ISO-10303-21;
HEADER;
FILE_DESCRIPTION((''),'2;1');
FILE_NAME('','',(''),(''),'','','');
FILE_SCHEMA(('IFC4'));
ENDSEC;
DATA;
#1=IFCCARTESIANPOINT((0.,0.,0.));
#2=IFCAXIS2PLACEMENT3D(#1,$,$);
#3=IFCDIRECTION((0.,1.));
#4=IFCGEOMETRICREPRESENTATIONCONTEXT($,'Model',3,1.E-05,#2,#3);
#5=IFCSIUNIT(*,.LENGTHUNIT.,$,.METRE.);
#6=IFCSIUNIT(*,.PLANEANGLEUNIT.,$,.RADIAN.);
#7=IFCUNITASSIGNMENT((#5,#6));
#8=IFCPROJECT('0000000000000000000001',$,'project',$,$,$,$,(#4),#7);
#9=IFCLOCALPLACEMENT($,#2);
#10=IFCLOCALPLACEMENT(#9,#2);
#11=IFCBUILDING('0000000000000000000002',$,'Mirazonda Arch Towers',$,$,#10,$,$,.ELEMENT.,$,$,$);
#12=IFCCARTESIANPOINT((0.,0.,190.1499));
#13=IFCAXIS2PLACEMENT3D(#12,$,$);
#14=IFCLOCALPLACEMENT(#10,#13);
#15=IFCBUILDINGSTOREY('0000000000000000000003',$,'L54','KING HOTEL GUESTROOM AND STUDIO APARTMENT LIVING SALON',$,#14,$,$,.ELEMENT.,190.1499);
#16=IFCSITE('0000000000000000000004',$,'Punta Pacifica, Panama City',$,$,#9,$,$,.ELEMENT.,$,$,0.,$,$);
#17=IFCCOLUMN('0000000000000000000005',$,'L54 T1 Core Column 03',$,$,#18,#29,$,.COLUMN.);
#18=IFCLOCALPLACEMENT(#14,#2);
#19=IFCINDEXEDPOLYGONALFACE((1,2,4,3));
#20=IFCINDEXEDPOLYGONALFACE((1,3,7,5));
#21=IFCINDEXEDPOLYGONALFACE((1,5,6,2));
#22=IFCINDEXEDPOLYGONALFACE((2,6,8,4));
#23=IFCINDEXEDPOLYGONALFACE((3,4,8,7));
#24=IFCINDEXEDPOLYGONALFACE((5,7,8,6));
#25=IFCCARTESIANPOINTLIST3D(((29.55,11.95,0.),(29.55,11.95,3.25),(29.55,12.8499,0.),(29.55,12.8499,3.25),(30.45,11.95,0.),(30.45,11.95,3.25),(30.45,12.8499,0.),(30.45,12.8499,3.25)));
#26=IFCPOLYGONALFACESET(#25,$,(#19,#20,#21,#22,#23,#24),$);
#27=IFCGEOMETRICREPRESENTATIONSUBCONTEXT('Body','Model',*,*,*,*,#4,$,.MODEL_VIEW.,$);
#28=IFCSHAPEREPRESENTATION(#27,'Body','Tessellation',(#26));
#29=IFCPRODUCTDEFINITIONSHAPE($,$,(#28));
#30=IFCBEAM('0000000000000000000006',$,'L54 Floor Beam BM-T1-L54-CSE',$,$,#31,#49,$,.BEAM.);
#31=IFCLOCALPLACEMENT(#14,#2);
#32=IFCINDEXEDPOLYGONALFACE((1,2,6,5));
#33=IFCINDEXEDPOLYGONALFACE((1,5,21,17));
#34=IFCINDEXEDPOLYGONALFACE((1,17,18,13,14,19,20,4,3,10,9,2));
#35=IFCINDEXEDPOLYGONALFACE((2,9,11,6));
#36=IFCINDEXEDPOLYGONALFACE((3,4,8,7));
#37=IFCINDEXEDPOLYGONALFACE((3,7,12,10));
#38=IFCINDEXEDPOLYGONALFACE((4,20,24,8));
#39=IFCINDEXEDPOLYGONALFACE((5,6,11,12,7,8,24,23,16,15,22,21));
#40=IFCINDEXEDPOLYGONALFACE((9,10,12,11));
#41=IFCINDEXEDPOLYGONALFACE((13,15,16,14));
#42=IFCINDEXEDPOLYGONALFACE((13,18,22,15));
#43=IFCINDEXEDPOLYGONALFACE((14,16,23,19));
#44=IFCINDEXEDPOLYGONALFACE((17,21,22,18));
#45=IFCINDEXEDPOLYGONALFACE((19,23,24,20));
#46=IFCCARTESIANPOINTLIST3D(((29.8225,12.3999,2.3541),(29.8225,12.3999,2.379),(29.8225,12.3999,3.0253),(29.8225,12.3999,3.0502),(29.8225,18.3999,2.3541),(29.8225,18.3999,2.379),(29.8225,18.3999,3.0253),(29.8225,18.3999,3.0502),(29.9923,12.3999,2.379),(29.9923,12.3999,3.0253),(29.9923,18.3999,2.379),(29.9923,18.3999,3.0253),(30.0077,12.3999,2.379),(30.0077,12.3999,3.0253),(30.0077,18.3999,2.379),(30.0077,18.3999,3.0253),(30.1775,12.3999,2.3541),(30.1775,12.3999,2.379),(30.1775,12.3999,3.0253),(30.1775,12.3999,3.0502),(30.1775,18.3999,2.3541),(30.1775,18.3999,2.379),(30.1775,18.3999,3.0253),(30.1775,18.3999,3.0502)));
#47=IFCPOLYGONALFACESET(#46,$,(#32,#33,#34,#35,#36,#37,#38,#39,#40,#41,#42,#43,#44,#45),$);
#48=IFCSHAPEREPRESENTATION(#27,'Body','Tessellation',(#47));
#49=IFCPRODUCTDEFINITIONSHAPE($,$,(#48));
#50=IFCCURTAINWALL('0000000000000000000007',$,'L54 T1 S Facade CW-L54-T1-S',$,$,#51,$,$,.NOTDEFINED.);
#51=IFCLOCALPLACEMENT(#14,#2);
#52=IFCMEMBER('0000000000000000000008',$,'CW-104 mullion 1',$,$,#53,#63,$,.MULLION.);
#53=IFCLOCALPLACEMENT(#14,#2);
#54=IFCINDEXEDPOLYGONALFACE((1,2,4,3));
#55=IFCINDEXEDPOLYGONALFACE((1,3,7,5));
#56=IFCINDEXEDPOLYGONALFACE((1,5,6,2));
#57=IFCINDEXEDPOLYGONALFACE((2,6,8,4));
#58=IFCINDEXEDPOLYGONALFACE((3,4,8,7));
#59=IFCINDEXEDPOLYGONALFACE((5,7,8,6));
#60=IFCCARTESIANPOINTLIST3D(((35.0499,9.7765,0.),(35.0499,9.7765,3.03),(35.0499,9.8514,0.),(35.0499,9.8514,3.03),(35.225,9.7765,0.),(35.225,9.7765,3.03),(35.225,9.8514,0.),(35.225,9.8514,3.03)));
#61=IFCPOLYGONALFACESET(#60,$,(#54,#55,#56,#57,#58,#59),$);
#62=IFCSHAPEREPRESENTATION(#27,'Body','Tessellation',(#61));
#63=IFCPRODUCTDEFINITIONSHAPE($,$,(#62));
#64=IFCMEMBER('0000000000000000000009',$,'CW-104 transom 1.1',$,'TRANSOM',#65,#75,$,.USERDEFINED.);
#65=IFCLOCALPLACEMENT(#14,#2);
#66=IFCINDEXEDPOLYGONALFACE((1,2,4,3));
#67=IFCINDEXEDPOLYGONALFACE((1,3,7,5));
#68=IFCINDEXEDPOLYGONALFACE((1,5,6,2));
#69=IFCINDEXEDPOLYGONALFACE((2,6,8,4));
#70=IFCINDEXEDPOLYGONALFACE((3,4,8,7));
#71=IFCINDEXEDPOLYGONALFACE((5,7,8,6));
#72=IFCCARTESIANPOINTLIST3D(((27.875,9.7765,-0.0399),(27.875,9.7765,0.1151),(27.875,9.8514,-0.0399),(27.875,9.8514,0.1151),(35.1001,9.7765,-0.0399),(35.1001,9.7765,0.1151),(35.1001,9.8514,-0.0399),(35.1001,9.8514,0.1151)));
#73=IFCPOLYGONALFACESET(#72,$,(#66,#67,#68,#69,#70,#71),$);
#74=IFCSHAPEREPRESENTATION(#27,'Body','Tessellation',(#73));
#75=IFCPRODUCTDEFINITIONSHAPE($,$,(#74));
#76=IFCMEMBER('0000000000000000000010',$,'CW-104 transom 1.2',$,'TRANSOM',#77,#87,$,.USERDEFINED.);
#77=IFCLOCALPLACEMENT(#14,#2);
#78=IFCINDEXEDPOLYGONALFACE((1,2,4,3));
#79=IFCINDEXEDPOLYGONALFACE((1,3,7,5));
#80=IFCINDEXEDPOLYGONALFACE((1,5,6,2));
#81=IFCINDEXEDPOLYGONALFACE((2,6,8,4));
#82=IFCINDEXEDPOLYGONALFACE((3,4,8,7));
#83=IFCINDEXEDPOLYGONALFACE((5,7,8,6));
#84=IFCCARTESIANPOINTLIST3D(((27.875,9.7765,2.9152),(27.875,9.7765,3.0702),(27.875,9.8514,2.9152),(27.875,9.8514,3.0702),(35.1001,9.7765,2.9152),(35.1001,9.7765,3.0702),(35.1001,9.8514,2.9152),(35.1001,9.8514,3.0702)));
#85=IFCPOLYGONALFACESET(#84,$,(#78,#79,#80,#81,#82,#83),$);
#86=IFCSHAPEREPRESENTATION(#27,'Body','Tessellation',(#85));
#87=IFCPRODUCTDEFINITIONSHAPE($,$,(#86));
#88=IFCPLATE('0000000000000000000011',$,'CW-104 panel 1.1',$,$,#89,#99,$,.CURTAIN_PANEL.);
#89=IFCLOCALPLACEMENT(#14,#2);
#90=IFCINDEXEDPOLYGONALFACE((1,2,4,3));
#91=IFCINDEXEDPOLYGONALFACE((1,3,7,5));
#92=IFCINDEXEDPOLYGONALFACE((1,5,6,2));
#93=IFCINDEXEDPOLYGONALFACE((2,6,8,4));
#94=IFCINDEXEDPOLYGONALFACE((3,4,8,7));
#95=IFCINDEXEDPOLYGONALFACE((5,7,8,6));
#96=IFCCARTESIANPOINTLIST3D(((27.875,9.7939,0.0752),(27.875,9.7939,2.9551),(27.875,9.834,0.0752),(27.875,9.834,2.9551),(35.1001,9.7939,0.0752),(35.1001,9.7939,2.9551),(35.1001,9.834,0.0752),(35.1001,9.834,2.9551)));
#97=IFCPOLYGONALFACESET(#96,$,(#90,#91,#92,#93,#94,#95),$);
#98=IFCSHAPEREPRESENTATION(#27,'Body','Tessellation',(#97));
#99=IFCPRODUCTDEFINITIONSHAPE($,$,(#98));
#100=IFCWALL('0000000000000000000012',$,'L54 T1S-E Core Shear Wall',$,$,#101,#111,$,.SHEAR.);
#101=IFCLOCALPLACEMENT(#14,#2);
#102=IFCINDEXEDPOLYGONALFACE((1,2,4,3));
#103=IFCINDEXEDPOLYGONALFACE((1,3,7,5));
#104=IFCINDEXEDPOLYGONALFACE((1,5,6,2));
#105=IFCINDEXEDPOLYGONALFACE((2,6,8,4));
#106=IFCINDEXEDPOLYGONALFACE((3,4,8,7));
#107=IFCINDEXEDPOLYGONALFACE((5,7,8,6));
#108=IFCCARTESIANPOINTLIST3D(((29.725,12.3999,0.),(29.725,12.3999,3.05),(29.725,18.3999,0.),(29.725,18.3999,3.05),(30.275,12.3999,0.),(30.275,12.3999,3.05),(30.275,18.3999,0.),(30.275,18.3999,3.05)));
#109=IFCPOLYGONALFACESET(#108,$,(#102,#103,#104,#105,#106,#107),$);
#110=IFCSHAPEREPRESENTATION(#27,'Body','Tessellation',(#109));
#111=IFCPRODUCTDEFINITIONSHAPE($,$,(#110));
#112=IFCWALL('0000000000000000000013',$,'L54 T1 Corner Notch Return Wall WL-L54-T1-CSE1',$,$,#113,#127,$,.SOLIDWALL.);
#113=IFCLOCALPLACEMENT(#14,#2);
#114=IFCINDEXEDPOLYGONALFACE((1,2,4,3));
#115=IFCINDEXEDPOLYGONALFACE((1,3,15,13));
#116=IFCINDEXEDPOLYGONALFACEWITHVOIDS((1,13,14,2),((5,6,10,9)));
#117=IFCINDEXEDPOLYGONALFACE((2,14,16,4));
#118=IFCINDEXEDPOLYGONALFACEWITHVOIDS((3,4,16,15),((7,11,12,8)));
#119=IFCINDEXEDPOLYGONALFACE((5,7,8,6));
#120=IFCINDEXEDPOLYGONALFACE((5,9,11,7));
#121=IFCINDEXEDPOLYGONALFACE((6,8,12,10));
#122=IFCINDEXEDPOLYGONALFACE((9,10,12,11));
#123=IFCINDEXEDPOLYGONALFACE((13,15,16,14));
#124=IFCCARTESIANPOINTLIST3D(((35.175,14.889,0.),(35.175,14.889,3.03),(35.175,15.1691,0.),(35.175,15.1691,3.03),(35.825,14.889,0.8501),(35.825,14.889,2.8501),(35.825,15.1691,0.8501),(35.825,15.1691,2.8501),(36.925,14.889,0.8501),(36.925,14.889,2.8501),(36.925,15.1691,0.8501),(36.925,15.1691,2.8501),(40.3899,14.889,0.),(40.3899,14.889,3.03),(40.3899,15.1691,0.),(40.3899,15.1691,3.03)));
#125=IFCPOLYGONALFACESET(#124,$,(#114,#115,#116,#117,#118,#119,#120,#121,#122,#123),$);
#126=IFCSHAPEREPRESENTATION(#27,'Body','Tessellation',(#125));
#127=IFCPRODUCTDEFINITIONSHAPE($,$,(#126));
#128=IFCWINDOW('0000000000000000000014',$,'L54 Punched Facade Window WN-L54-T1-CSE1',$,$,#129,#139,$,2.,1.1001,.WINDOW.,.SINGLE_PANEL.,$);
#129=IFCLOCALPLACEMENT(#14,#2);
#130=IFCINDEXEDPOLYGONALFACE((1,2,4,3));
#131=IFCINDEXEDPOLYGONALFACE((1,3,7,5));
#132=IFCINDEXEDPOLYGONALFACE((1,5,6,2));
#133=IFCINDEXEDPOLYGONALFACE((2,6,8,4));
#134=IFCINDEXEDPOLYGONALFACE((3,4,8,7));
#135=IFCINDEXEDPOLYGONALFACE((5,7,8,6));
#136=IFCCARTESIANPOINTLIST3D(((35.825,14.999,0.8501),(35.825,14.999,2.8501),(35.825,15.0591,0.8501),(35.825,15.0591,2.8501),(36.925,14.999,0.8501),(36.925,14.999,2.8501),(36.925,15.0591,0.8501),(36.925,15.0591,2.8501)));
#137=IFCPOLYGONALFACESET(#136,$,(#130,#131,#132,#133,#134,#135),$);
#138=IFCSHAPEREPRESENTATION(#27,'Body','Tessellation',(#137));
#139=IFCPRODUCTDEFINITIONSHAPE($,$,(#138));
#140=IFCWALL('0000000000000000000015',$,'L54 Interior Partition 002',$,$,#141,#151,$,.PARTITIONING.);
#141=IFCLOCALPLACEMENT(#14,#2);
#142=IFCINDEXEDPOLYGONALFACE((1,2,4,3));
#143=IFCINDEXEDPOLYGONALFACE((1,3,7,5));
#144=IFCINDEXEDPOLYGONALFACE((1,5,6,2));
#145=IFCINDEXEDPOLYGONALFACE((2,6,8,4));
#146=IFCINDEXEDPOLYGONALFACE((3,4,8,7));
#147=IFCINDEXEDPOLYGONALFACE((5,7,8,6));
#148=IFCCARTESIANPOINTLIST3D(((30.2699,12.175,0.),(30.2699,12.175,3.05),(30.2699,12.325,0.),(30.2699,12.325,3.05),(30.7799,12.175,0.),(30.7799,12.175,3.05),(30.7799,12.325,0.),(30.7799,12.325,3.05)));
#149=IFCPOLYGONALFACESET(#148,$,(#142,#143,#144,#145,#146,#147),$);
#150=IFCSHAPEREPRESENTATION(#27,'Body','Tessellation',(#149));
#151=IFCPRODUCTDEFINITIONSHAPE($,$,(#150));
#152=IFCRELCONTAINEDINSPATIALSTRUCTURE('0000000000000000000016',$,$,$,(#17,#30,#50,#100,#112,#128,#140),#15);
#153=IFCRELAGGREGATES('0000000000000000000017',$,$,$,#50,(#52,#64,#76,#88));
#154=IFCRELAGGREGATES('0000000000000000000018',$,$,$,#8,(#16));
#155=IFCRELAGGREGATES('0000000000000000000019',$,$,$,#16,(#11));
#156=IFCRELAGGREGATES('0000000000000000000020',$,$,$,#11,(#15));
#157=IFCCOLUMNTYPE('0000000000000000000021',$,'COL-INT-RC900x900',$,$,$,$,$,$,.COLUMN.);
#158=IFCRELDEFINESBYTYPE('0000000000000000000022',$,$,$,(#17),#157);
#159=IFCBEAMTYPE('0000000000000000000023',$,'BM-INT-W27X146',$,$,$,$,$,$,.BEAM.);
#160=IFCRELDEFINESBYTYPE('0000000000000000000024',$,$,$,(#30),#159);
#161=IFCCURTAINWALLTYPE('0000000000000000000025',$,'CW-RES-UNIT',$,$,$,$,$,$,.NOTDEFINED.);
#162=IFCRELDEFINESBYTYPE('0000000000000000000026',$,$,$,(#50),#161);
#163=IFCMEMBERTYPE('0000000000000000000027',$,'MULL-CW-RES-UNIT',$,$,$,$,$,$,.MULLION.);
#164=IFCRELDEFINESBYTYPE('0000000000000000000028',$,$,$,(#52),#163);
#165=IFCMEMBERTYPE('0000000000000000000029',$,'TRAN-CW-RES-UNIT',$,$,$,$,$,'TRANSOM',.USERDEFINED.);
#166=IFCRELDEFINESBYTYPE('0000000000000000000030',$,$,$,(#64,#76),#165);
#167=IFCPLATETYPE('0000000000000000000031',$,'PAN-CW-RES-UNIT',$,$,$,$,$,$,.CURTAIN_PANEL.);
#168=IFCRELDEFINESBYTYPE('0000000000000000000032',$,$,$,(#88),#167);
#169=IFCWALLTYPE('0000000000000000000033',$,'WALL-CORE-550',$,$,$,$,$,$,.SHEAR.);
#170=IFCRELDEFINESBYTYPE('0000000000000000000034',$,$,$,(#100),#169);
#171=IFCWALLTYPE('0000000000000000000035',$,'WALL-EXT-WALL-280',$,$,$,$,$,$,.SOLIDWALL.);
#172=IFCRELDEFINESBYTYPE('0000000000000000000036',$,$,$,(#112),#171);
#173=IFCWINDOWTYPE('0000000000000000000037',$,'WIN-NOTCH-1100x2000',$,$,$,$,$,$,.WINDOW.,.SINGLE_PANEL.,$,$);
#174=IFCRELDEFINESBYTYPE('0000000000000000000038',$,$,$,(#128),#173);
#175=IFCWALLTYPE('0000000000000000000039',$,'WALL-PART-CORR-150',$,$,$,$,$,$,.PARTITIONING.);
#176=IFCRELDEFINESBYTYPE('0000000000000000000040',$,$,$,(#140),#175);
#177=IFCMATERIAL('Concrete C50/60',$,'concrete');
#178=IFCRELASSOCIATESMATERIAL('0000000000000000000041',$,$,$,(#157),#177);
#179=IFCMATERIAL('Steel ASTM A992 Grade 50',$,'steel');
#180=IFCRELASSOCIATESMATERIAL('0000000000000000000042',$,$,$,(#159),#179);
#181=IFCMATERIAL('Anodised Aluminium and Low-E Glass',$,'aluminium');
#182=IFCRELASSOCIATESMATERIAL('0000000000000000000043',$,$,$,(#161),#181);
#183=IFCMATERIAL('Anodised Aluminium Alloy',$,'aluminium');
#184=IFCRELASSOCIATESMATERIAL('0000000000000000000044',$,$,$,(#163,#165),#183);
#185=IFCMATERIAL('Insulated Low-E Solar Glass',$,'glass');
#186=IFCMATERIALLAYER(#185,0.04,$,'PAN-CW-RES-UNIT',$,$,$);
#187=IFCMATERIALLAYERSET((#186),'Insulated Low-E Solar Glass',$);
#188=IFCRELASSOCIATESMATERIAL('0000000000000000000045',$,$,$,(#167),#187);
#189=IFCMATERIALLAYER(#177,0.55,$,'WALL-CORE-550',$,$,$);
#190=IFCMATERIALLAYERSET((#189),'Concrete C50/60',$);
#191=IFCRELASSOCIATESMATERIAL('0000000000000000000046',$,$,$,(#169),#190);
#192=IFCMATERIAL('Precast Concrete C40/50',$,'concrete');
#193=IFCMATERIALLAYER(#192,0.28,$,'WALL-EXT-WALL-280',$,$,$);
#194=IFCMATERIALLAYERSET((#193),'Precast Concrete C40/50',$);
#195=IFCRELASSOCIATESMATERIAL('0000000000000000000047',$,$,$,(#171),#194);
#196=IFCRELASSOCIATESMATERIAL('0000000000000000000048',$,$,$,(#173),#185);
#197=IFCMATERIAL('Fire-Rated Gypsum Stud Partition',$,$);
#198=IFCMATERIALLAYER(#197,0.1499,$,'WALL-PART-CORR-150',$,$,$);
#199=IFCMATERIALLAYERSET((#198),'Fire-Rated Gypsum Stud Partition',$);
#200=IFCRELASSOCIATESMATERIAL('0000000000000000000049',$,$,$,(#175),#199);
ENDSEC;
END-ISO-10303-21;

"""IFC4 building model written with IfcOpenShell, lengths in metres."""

from ifc_helpers import new_model, si_unit, direction, frame, frame_2d, origin, origin_2d, place, context, subcontext, project, spatial, rectangle, i_section, extrude, material, layer, layer_set, material_profile, profile_set, type_object, element, fill, aggregate, save


model = new_model("IFC4")

# Units and contexts
model_context = context("Model", 3, precision=1e-05, world=origin(), true_north=direction((0.0, 1.0)))
body_context = subcontext(model_context, "Body", "Model", "MODEL_VIEW")
ifc_project = project(units=[si_unit("LENGTHUNIT", "METRE"), si_unit("PLANEANGLEUNIT", "RADIAN")], contexts=[model_context])

# Site, building, storey
site_placement = place(None, origin())
site = spatial("IfcSite", under=ifc_project, at=site_placement, Name="Punta Pacifica, Panama City", CompositionType="ELEMENT", RefElevation=0.0)
building_placement = place(site_placement, origin())
building = spatial("IfcBuilding", under=site, at=building_placement, Name="Mirazonda Arch Towers", CompositionType="ELEMENT")
storey_placement = place(building_placement, frame((0.0, 0.0, 190.1499)))
storey = spatial("IfcBuildingStorey", under=building, at=storey_placement, Name="L54", Description="KING HOTEL GUESTROOM AND STUDIO APARTMENT LIVING SALON", CompositionType="ELEMENT", Elevation=190.1499)

# Column
ifc_material_1 = material(Name="Concrete C50/60", Category="concrete")
ifc_material_profile_1 = material_profile(ifc_material_1, rectangle(XDim=0.8999, YDim=0.8999, at=origin_2d()), Name="RC900x900")
ifc_profile_set_1 = profile_set([ifc_material_profile_1], Name="Concrete C50/60")
column_type = type_object("IfcColumnType", Name="COL-INT-RC900x900", PredefinedType="COLUMN", material=ifc_profile_set_1)
column_placement = place(storey_placement, frame((30.0, 12.3999, 0.0), z_axis=(0.0, 0.0, 1.0), x_axis=(1.0, 0.0, 0.0)))
element("IfcColumn", 1, at=column_placement, inside=storey, type_object=column_type, Name="L54 T1 Core Column 03", PredefinedType="COLUMN", context=body_context, shape_type="SweptSolid", body=[
    extrude(rectangle(XDim=0.8999, YDim=0.8999, at=origin_2d()), origin(), (0.0, 0.0, 1.0), 3.25),
])

# Beam
ifc_material_2 = material(Name="Steel ASTM A992 Grade 50", Category="steel")
ifc_material_profile_2 = material_profile(ifc_material_2, i_section(OverallWidth=0.355, OverallDepth=0.696, WebThickness=0.0154, FlangeThickness=0.0249, at=origin_2d()), Name="W27X146")
ifc_profile_set_2 = profile_set([ifc_material_profile_2], Name="Steel ASTM A992 Grade 50")
beam_type = type_object("IfcBeamType", Name="BM-INT-W27X146", PredefinedType="BEAM", material=ifc_profile_set_2)
beam_placement = place(storey_placement, frame((30.0, 12.3999, 2.7021), z_axis=(0.0, 1.0, 0.0), x_axis=(-1.0, 0.0, 0.0)))
element("IfcBeam", 2, at=beam_placement, inside=storey, type_object=beam_type, Name="L54 Floor Beam BM-T1-L54-CSE", PredefinedType="BEAM", context=body_context, shape_type="SweptSolid", body=[
    extrude(i_section(OverallWidth=0.355, OverallDepth=0.696, WebThickness=0.0154, FlangeThickness=0.0249, at=origin_2d()), origin(), (0.0, 0.0, 1.0), 6.0),
])

# Curtain wall, members, plate
ifc_material_3 = material(Name="Anodised Aluminium and Low-E Glass", Category="aluminium")
curtain_wall_type = type_object("IfcCurtainWallType", Name="CW-RES-UNIT", PredefinedType="NOTDEFINED", material=ifc_material_3)
curtain_wall_placement = place(storey_placement, origin())
curtain_wall = element("IfcCurtainWall", 3, at=curtain_wall_placement, inside=storey, type_object=curtain_wall_type, Name="L54 T1 S Facade CW-L54-T1-S", PredefinedType="NOTDEFINED")
ifc_material_4 = material(Name="Anodised Aluminium Alloy", Category="aluminium")
ifc_material_profile_3 = material_profile(ifc_material_4, rectangle(XDim=0.075, YDim=0.175, at=origin_2d()), Name="ALU-MULL-75x175")
ifc_profile_set_3 = profile_set([ifc_material_profile_3], Name="Anodised Aluminium Alloy")
member_type_1 = type_object("IfcMemberType", Name="MULL-CW-RES-UNIT", PredefinedType="MULLION", material=ifc_profile_set_3)
member_1_placement = place(storey_placement, frame((35.1375, 9.814, 0.0), z_axis=(0.0, 0.0, 1.0), x_axis=(0.0, -1.0, 0.0)))
member_1 = element("IfcMember", 4, at=member_1_placement, type_object=member_type_1, Name="CW-104 mullion 1", PredefinedType="MULLION", context=body_context, shape_type="SweptSolid", body=[
    extrude(rectangle(XDim=0.075, YDim=0.175, at=origin_2d()), origin(), (0.0, 0.0, 1.0), 3.03),
])
ifc_material_profile_4 = material_profile(ifc_material_4, rectangle(XDim=0.075, YDim=0.155, at=origin_2d()), Name="ALU-TRAN-75x155")
ifc_profile_set_4 = profile_set([ifc_material_profile_4], Name="Anodised Aluminium Alloy")
member_type_2 = type_object("IfcMemberType", Name="TRAN-CW-RES-UNIT", ElementType="TRANSOM", PredefinedType="USERDEFINED", material=ifc_profile_set_4)
member_2_placement = place(storey_placement, frame((35.1001, 9.814, 0.0376), z_axis=(-1.0, 0.0, 0.0), x_axis=(0.0, -1.0, 0.0)))
member_2 = element("IfcMember", 5, at=member_2_placement, type_object=member_type_2, Name="CW-104 transom 1.1", ObjectType="TRANSOM", PredefinedType="USERDEFINED", context=body_context, shape_type="SweptSolid", body=[
    extrude(rectangle(XDim=0.075, YDim=0.155, at=origin_2d()), origin(), (0.0, 0.0, 1.0), 7.2251),
])
member_3_placement = place(storey_placement, frame((35.1001, 9.814, 2.9927), z_axis=(-1.0, 0.0, 0.0), x_axis=(0.0, -1.0, 0.0)))
member_3 = element("IfcMember", 6, at=member_3_placement, type_object=member_type_2, Name="CW-104 transom 1.2", ObjectType="TRANSOM", PredefinedType="USERDEFINED", context=body_context, shape_type="SweptSolid", body=[
    extrude(rectangle(XDim=0.075, YDim=0.155, at=origin_2d()), origin(), (0.0, 0.0, 1.0), 7.2251),
])
ifc_material_5 = material(Name="Insulated Low-E Solar Glass", Category="glass")
ifc_layer_1 = layer(ifc_material_5, 0.04, Name="PAN-CW-RES-UNIT")
ifc_layer_set_1 = layer_set([ifc_layer_1], Name="Insulated Low-E Solar Glass")
plate_type = type_object("IfcPlateType", Name="PAN-CW-RES-UNIT", PredefinedType="CURTAIN_PANEL", material=ifc_layer_set_1)
plate_placement = place(storey_placement, frame((31.4875, 9.814, 0.0752), z_axis=(0.0, 0.0, 1.0), x_axis=(-1.0, 0.0, 0.0)))
plate = element("IfcPlate", 7, at=plate_placement, type_object=plate_type, Name="CW-104 panel 1.1", PredefinedType="CURTAIN_PANEL", context=body_context, shape_type="SweptSolid", body=[
    extrude(rectangle(XDim=7.2251, YDim=0.04, at=origin_2d()), origin(), (0.0, 0.0, 1.0), 2.8799),
])
aggregate(curtain_wall, [member_1, member_2, member_3, plate])

# Wall
ifc_layer_2 = layer(ifc_material_1, 0.55, Name="WALL-CORE-550")
ifc_layer_set_2 = layer_set([ifc_layer_2], Name="Concrete C50/60")
wall_type_1 = type_object("IfcWallType", Name="WALL-CORE-550", PredefinedType="SHEAR", material=ifc_layer_set_2)
wall_1_placement = place(storey_placement, frame((30.0, 12.3999, 0.0), z_axis=(0.0, 0.0, 1.0), x_axis=(0.0, 1.0, 0.0)))
element("IfcWall", 8, at=wall_1_placement, inside=storey, type_object=wall_type_1, Name="L54 T1S-E Core Shear Wall", PredefinedType="SHEAR", context=body_context, shape_type="SweptSolid", body=[
    extrude(rectangle(XDim=6.0, YDim=0.55, at=frame_2d((3.0, 0.0))), origin(), (0.0, 0.0, 1.0), 3.05),
])

# Wall, opening, window
ifc_material_6 = material(Name="Precast Concrete C40/50", Category="concrete")
ifc_layer_3 = layer(ifc_material_6, 0.28, Name="WALL-EXT-WALL-280")
ifc_layer_set_3 = layer_set([ifc_layer_3], Name="Precast Concrete C40/50")
wall_type_2 = type_object("IfcWallType", Name="WALL-EXT-WALL-280", PredefinedType="SOLIDWALL", material=ifc_layer_set_3)
wall_2_placement = place(storey_placement, frame((35.175, 15.0291, 0.0), z_axis=(0.0, 0.0, 1.0), x_axis=(1.0, 0.0, 0.0)))
wall_2 = element("IfcWall", 9, at=wall_2_placement, inside=storey, type_object=wall_type_2, Name="L54 T1 Corner Notch Return Wall WL-L54-T1-CSE1", PredefinedType="SOLIDWALL", context=body_context, shape_type="SweptSolid", body=[
    extrude(rectangle(XDim=5.2148, YDim=0.28, at=frame_2d((2.6074, 0.0))), origin(), (0.0, 0.0, 1.0), 3.03),
])
opening_1_placement = place(wall_2_placement, frame((0.6499, 0.0, 0.8501)))
opening_1 = element("IfcOpeningElement", 10, at=opening_1_placement, cuts=wall_2, PredefinedType="OPENING", context=body_context, shape_type="SweptSolid", body=[
    extrude(rectangle(XDim=1.1001, YDim=2.0, at=frame_2d((0.55, 1.0))), frame((0.0, 0.1499, 0.0), z_axis=(0.0, -1.0, 0.0), x_axis=(1.0, 0.0, 0.0)), (0.0, 0.0, 1.0), 0.3),
])
window_type = type_object("IfcWindowType", Name="WIN-NOTCH-1100x2000", PartitioningType="SINGLE_PANEL", PredefinedType="WINDOW", material=ifc_material_5)
window_placement = place(opening_1_placement, origin())
window = element("IfcWindow", 11, at=window_placement, inside=storey, type_object=window_type, Name="L54 Punched Facade Window WN-L54-T1-CSE1", OverallHeight=2.0, OverallWidth=1.1001, PartitioningType="SINGLE_PANEL", PredefinedType="WINDOW", context=body_context, shape_type="SweptSolid", body=[
    extrude(rectangle(XDim=1.1001, YDim=2.0, at=frame_2d((0.55, 1.0))), frame((0.0, 0.03, 0.0), z_axis=(0.0, -1.0, 0.0), x_axis=(1.0, 0.0, 0.0)), (0.0, 0.0, 1.0), 0.0601),
])
fill(opening_1, window)

# Wall
ifc_material_7 = material(Name="Fire-Rated Gypsum Stud Partition")
ifc_layer_4 = layer(ifc_material_7, 0.1499, Name="WALL-PART-CORR-150")
ifc_layer_set_4 = layer_set([ifc_layer_4], Name="Fire-Rated Gypsum Stud Partition")
wall_type_3 = type_object("IfcWallType", Name="WALL-PART-CORR-150", PredefinedType="PARTITIONING", material=ifc_layer_set_4)
wall_3_placement = place(storey_placement, frame((30.27, 12.25, 0.0), z_axis=(0.0, 0.0, 1.0), x_axis=(1.0, 0.0, 0.0)))
element("IfcWall", 12, at=wall_3_placement, inside=storey, type_object=wall_type_3, Name="L54 Interior Partition 002", PredefinedType="PARTITIONING", context=body_context, shape_type="SweptSolid", body=[
    extrude(rectangle(XDim=0.51, YDim=0.1499, at=frame_2d((0.2549, 0.0))), origin(), (0.0, 0.0, 1.0), 3.05),
])

save(model, "model.ifc")
